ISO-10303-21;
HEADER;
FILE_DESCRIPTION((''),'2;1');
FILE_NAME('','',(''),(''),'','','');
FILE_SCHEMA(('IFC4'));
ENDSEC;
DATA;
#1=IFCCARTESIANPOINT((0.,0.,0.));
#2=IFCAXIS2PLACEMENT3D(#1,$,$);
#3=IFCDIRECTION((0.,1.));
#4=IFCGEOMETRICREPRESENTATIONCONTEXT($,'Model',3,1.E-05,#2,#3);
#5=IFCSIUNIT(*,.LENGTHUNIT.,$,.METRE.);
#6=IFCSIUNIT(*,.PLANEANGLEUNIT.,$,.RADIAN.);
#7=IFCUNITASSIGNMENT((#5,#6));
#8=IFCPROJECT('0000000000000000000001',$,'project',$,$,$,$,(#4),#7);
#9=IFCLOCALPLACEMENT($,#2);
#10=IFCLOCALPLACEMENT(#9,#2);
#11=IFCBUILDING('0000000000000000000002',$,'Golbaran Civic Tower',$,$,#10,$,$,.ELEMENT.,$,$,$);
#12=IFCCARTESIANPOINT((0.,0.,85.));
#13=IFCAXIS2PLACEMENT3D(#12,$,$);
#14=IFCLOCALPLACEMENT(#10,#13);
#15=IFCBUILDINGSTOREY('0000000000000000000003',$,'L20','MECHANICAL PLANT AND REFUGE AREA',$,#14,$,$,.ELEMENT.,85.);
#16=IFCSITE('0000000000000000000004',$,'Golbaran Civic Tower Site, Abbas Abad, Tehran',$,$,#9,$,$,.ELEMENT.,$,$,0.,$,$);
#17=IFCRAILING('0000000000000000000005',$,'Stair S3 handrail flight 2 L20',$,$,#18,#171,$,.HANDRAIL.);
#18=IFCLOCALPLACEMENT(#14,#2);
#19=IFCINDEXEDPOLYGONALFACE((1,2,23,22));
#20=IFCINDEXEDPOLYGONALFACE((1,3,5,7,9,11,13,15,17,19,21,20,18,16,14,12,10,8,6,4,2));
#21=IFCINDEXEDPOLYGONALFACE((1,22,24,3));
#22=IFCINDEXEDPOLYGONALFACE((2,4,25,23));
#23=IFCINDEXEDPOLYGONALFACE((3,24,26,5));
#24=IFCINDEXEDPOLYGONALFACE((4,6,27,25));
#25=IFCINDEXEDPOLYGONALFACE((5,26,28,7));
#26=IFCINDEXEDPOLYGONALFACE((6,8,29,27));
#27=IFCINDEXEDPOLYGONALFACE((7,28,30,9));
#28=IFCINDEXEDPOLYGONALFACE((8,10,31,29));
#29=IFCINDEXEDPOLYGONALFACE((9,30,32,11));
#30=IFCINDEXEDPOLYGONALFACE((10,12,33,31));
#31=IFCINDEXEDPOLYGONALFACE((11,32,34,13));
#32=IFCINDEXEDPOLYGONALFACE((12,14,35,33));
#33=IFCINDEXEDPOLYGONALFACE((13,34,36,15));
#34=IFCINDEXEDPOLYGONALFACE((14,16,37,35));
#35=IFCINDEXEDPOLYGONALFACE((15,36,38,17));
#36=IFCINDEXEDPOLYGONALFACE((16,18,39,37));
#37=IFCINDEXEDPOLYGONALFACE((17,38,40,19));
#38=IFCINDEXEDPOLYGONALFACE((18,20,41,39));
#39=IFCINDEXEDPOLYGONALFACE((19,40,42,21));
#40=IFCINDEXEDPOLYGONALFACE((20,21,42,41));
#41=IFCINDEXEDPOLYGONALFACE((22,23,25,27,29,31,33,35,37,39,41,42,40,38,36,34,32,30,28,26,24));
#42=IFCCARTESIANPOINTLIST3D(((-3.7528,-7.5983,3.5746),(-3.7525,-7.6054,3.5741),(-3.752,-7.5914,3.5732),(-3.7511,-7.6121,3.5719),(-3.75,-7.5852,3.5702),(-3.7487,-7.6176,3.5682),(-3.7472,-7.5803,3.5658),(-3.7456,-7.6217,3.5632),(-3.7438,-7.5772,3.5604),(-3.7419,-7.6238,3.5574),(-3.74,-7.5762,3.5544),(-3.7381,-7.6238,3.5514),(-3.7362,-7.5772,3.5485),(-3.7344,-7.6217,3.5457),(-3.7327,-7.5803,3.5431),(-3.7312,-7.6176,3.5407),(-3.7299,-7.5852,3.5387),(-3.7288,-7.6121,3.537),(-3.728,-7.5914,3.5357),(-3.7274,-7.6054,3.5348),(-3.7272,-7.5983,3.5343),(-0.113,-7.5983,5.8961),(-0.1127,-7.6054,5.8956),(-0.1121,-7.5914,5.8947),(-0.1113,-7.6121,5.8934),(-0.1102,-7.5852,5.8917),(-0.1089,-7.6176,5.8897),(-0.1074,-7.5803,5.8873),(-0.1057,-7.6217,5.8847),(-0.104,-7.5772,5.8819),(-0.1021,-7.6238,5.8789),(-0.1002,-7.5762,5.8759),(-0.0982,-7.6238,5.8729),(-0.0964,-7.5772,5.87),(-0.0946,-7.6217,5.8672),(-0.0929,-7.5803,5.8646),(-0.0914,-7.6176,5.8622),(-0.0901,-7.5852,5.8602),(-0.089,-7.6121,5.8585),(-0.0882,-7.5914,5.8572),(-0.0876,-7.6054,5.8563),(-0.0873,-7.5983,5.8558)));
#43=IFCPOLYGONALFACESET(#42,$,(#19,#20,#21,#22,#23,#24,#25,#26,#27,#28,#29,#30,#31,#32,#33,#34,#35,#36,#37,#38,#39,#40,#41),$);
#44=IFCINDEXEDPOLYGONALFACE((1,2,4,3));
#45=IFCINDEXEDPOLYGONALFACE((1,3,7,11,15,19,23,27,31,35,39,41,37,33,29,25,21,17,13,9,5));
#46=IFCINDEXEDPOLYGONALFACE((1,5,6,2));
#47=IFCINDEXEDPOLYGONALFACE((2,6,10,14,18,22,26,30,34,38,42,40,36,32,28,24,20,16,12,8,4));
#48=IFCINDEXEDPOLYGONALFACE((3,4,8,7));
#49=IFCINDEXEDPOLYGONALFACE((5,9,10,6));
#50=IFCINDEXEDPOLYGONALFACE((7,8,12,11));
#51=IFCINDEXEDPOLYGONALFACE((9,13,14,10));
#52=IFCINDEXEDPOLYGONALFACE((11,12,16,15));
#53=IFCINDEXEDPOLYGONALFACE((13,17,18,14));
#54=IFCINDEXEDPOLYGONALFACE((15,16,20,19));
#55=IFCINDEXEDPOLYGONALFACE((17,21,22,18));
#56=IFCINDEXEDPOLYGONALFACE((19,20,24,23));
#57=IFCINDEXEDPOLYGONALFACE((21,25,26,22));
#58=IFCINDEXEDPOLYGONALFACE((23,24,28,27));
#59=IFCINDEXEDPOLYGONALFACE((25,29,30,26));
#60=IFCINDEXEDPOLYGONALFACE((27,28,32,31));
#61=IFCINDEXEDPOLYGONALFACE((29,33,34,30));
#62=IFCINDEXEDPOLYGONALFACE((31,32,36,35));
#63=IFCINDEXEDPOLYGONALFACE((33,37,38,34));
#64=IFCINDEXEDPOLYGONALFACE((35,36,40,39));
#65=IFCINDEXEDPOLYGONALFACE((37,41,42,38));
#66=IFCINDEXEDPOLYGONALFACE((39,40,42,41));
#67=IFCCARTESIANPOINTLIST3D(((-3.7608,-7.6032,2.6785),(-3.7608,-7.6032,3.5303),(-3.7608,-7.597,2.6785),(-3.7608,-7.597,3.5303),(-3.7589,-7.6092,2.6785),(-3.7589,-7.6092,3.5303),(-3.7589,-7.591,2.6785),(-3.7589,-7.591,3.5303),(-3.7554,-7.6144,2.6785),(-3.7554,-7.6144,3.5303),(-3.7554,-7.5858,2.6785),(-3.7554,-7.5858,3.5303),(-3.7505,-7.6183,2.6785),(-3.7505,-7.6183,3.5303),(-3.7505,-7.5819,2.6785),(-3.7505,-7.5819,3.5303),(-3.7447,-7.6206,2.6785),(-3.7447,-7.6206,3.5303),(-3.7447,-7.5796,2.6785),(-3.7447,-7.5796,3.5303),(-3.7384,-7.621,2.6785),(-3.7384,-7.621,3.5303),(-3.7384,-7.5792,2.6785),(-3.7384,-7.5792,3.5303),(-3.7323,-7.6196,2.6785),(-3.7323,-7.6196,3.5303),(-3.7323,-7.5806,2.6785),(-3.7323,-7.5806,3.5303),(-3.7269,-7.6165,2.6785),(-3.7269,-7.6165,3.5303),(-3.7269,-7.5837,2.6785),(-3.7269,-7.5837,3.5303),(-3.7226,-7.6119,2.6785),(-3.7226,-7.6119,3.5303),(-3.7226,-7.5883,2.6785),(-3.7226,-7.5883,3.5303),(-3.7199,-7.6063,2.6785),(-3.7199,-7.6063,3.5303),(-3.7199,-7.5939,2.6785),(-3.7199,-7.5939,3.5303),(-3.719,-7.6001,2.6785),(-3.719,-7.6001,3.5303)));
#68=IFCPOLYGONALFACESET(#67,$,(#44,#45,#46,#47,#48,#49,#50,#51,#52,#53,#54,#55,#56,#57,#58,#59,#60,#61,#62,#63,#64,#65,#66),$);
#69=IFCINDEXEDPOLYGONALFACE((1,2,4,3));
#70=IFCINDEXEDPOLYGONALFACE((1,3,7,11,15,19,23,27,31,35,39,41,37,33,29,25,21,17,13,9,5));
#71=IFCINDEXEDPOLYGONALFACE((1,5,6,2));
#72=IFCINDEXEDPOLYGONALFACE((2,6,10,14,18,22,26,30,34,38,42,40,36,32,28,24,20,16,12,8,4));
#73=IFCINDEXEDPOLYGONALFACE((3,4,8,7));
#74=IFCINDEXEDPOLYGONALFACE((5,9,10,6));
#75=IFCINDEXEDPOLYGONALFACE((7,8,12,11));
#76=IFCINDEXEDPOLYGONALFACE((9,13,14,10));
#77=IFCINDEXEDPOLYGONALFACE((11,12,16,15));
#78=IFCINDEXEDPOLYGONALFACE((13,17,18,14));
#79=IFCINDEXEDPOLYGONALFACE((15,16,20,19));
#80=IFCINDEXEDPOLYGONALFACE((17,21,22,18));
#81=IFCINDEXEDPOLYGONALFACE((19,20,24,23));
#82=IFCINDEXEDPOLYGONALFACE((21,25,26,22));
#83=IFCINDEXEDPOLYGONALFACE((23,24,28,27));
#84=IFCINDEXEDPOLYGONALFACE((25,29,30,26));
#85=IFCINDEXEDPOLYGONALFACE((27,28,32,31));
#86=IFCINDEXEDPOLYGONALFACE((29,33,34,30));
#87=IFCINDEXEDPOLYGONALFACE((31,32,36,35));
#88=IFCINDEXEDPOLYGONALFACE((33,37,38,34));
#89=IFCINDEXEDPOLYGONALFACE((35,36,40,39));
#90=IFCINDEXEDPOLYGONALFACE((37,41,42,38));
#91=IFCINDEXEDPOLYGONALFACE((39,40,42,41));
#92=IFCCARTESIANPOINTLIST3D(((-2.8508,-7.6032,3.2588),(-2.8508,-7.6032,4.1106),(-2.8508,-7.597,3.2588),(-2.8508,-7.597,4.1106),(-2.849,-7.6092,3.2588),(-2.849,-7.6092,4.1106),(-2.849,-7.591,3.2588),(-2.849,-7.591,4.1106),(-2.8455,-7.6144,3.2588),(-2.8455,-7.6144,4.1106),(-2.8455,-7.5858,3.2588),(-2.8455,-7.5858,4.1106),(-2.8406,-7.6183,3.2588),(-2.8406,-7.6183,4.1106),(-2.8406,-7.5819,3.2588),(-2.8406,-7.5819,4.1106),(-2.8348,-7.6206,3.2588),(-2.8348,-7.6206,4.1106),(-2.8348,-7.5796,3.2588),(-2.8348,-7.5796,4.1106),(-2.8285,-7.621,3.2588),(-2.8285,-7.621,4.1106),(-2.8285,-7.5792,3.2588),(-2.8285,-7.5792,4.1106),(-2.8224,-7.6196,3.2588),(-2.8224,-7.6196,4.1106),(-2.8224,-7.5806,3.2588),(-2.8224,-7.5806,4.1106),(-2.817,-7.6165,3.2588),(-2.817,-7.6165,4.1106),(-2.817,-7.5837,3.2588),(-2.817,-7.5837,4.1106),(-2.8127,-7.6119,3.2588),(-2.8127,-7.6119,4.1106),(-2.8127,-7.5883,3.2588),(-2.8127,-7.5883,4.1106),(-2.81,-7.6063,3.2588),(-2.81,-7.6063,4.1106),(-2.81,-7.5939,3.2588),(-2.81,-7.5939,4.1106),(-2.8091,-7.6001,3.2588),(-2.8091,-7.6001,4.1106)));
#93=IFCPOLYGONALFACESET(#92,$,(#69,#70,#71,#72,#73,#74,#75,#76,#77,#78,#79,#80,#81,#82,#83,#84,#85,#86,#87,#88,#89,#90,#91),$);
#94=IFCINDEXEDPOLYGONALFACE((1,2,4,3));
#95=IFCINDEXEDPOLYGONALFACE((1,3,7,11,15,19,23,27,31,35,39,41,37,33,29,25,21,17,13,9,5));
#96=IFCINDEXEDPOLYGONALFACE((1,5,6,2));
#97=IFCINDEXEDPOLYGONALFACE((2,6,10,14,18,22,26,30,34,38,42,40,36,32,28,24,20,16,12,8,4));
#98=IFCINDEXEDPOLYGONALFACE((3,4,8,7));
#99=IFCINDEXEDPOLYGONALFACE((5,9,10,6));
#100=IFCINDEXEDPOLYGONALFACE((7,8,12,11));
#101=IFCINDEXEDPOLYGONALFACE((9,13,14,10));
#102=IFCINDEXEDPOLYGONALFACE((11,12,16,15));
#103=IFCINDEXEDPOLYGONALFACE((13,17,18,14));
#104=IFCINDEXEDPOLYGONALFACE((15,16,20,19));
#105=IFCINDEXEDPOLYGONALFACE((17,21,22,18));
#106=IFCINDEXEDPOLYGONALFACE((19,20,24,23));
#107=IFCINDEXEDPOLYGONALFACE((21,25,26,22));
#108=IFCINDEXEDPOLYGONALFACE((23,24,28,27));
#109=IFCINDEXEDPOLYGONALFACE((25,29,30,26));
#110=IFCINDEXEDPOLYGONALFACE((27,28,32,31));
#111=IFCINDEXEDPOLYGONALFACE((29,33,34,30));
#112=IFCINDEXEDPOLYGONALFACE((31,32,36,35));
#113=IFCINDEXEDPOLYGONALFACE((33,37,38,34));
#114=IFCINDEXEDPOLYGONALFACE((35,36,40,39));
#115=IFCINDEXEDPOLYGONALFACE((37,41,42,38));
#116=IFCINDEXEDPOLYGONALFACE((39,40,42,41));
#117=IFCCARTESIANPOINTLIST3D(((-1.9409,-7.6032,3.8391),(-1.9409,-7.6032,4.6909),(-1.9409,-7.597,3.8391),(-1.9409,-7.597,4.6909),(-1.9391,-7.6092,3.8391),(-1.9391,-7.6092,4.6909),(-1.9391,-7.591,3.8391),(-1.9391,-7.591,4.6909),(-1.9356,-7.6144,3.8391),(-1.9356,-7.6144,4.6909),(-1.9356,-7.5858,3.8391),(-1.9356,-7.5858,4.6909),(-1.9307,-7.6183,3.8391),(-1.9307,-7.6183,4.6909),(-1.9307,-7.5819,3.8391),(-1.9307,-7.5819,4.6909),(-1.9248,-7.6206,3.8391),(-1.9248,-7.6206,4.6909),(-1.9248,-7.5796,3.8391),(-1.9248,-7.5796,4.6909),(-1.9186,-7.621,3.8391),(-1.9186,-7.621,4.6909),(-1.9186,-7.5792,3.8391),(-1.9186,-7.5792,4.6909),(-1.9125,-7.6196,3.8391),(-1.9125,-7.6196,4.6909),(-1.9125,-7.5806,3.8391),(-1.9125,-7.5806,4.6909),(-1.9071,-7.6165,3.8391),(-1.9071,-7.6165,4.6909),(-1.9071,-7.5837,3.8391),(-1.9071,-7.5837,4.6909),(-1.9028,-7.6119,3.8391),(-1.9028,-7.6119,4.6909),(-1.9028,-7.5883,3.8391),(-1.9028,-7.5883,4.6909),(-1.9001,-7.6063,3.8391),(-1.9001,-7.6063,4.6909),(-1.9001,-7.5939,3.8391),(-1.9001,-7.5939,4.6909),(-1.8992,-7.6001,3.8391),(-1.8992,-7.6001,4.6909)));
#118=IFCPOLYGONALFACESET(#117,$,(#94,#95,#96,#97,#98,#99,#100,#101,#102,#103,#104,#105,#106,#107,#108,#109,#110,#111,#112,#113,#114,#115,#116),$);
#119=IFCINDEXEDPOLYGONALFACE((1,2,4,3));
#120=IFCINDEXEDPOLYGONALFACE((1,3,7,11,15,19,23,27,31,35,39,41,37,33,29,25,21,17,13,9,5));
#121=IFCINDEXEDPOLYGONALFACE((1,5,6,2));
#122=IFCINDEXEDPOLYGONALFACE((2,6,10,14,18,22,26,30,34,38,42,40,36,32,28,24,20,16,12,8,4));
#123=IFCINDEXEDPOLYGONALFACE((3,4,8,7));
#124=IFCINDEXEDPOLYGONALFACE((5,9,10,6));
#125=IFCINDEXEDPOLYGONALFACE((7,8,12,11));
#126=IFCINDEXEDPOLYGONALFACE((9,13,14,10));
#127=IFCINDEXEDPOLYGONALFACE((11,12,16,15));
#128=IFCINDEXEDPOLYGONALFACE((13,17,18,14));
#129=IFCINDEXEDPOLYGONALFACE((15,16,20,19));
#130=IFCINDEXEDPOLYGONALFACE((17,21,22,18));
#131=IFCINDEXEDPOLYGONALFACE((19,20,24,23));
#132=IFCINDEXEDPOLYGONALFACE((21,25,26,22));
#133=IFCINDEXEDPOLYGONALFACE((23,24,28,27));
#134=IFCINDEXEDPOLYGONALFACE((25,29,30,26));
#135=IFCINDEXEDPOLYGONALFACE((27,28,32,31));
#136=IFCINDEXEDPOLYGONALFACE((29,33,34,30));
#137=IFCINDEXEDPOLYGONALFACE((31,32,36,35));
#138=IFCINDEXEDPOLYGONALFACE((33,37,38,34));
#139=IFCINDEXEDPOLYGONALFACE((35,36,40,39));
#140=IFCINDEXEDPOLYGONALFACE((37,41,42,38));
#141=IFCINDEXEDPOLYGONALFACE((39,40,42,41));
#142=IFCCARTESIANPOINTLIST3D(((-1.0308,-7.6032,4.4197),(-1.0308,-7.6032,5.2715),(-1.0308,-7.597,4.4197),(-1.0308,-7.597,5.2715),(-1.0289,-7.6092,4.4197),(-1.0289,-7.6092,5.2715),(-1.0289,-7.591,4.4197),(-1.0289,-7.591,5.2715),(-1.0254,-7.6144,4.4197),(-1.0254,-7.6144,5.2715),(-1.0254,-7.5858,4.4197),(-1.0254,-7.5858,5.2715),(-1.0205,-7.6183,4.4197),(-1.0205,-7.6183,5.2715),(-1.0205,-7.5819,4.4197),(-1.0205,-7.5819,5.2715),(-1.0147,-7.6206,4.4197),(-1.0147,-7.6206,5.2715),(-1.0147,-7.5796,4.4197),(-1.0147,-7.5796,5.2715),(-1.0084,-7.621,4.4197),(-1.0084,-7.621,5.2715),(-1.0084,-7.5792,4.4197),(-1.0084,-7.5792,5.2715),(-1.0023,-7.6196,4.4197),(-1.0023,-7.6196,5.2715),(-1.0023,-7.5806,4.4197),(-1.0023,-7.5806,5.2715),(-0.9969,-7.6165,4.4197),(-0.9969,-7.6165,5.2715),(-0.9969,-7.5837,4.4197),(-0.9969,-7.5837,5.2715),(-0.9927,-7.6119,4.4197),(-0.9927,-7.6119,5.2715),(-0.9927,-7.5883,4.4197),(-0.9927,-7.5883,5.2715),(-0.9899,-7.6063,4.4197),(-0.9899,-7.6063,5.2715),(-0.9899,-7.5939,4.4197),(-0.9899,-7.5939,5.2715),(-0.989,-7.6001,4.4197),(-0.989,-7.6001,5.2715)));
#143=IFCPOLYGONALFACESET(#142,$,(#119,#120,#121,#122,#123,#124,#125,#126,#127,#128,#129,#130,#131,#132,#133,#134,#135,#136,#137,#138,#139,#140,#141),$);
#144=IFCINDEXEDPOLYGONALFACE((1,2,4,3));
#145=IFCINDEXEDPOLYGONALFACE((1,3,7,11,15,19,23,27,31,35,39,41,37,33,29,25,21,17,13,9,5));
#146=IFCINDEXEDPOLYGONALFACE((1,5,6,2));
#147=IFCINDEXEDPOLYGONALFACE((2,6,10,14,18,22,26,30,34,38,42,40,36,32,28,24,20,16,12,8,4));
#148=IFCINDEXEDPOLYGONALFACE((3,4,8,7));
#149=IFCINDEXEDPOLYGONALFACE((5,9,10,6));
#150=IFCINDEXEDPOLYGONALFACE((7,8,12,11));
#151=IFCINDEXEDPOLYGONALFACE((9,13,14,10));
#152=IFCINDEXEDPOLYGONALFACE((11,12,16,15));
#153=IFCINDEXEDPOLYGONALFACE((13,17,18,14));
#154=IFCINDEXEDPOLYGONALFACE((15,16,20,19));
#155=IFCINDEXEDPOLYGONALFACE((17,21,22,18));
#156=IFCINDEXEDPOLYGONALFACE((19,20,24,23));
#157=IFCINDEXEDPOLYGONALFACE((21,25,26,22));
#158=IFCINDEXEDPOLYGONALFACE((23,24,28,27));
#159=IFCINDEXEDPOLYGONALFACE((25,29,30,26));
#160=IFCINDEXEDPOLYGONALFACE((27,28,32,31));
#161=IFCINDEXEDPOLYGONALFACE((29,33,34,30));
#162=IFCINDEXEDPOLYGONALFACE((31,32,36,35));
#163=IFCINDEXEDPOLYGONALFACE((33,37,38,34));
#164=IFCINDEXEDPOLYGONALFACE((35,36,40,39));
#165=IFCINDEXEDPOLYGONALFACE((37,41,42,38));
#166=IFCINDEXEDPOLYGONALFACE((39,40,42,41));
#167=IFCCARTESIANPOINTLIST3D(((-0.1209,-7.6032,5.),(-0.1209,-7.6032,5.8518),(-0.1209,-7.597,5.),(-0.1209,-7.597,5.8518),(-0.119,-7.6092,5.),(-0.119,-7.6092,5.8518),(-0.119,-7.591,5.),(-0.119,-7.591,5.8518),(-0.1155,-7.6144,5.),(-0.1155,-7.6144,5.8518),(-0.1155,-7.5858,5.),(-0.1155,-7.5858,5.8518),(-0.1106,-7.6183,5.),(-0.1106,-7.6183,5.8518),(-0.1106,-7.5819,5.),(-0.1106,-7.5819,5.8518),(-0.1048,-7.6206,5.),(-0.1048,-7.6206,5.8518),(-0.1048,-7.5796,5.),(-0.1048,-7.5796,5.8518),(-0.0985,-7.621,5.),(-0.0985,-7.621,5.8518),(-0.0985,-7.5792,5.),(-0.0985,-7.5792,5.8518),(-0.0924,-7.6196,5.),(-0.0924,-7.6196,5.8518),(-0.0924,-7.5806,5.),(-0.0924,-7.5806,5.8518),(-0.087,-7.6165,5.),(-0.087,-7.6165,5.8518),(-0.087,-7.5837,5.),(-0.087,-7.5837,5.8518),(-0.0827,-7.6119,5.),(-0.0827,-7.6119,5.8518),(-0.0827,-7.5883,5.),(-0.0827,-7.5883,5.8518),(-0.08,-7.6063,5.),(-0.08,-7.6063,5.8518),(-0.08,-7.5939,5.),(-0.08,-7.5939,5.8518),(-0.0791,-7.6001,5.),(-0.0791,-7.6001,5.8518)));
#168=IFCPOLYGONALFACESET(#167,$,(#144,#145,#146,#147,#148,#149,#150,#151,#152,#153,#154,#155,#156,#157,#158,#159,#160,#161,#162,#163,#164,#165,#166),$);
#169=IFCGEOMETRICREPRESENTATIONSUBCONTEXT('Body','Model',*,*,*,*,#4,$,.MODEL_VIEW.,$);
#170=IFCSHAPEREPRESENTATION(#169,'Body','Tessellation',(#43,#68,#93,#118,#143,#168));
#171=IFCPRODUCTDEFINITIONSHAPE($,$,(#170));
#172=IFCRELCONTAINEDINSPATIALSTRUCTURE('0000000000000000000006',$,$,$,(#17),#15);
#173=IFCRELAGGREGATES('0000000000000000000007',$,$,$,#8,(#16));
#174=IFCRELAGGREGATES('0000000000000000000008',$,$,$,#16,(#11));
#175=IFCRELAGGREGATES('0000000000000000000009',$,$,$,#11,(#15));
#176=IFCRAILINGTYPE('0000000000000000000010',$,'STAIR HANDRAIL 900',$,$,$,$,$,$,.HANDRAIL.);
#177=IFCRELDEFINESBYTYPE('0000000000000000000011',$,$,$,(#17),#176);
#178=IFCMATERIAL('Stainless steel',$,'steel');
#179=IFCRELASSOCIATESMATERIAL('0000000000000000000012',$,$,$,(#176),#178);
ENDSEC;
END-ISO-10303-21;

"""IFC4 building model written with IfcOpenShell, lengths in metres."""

from ifc_helpers import new_model, si_unit, direction, frame, origin, origin_2d, place, context, subcontext, project, spatial, circle, extrude, material, type_object, element, save


model = new_model("IFC4")

# Units and contexts
model_context = context("Model", 3, precision=1e-05, world=origin(), true_north=direction((0.0, 1.0)))
body_context = subcontext(model_context, "Body", "Model", "MODEL_VIEW")
ifc_project = project(units=[si_unit("LENGTHUNIT", "METRE"), si_unit("PLANEANGLEUNIT", "RADIAN")], contexts=[model_context])

# Site, building, storey
site_placement = place(None, origin())
site = spatial("IfcSite", under=ifc_project, at=site_placement, Name="Golbaran Civic Tower Site, Abbas Abad, Tehran", CompositionType="ELEMENT", RefElevation=0.0)
building_placement = place(site_placement, origin())
building = spatial("IfcBuilding", under=site, at=building_placement, Name="Golbaran Civic Tower", CompositionType="ELEMENT")
storey_placement = place(building_placement, frame((0.0, 0.0, 85.0)))
storey = spatial("IfcBuildingStorey", under=building, at=storey_placement, Name="L20", Description="MECHANICAL PLANT AND REFUGE AREA", CompositionType="ELEMENT", Elevation=85.0)

# Shared definitions
ifc_material_1 = material(Name="Stainless steel", Category="steel")

# Railing
railing_type = type_object("IfcRailingType", Name="STAIR HANDRAIL 900", PredefinedType="HANDRAIL", material=ifc_material_1)
railing_1_placement = place(storey_placement, frame((-3.74, -7.6001, 2.6785)))
element("IfcRailing", 1, at=railing_1_placement, inside=storey, type_object=railing_type, Name="Stair S3 handrail flight 2 L20", PredefinedType="HANDRAIL", context=body_context, shape_type="SweptSolid", body=[
    extrude(circle(Radius=0.0239, at=origin_2d()), frame((0.0, 0.0, 0.876), z_axis=(0.843112, 0.0, 0.537739), x_axis=(0.0, 1.0, 0.0)), (0.0, 0.0, 1.0), 4.3171),
    extrude(circle(Radius=0.021, at=origin_2d()), origin(), (0.0, 0.0, 1.0), 0.8518),
    extrude(circle(Radius=0.021, at=origin_2d()), frame((0.9099, 0.0, 0.5803)), (0.0, 0.0, 1.0), 0.8518),
    extrude(circle(Radius=0.021, at=origin_2d()), frame((1.8198, 0.0, 1.1606)), (0.0, 0.0, 1.0), 0.8518),
    extrude(circle(Radius=0.021, at=origin_2d()), frame((2.73, 0.0, 1.7412)), (0.0, 0.0, 1.0), 0.8518),
    extrude(circle(Radius=0.021, at=origin_2d()), frame((3.6399, 0.0, 2.3215)), (0.0, 0.0, 1.0), 0.8518),
])

save(model, "model.ifc")
